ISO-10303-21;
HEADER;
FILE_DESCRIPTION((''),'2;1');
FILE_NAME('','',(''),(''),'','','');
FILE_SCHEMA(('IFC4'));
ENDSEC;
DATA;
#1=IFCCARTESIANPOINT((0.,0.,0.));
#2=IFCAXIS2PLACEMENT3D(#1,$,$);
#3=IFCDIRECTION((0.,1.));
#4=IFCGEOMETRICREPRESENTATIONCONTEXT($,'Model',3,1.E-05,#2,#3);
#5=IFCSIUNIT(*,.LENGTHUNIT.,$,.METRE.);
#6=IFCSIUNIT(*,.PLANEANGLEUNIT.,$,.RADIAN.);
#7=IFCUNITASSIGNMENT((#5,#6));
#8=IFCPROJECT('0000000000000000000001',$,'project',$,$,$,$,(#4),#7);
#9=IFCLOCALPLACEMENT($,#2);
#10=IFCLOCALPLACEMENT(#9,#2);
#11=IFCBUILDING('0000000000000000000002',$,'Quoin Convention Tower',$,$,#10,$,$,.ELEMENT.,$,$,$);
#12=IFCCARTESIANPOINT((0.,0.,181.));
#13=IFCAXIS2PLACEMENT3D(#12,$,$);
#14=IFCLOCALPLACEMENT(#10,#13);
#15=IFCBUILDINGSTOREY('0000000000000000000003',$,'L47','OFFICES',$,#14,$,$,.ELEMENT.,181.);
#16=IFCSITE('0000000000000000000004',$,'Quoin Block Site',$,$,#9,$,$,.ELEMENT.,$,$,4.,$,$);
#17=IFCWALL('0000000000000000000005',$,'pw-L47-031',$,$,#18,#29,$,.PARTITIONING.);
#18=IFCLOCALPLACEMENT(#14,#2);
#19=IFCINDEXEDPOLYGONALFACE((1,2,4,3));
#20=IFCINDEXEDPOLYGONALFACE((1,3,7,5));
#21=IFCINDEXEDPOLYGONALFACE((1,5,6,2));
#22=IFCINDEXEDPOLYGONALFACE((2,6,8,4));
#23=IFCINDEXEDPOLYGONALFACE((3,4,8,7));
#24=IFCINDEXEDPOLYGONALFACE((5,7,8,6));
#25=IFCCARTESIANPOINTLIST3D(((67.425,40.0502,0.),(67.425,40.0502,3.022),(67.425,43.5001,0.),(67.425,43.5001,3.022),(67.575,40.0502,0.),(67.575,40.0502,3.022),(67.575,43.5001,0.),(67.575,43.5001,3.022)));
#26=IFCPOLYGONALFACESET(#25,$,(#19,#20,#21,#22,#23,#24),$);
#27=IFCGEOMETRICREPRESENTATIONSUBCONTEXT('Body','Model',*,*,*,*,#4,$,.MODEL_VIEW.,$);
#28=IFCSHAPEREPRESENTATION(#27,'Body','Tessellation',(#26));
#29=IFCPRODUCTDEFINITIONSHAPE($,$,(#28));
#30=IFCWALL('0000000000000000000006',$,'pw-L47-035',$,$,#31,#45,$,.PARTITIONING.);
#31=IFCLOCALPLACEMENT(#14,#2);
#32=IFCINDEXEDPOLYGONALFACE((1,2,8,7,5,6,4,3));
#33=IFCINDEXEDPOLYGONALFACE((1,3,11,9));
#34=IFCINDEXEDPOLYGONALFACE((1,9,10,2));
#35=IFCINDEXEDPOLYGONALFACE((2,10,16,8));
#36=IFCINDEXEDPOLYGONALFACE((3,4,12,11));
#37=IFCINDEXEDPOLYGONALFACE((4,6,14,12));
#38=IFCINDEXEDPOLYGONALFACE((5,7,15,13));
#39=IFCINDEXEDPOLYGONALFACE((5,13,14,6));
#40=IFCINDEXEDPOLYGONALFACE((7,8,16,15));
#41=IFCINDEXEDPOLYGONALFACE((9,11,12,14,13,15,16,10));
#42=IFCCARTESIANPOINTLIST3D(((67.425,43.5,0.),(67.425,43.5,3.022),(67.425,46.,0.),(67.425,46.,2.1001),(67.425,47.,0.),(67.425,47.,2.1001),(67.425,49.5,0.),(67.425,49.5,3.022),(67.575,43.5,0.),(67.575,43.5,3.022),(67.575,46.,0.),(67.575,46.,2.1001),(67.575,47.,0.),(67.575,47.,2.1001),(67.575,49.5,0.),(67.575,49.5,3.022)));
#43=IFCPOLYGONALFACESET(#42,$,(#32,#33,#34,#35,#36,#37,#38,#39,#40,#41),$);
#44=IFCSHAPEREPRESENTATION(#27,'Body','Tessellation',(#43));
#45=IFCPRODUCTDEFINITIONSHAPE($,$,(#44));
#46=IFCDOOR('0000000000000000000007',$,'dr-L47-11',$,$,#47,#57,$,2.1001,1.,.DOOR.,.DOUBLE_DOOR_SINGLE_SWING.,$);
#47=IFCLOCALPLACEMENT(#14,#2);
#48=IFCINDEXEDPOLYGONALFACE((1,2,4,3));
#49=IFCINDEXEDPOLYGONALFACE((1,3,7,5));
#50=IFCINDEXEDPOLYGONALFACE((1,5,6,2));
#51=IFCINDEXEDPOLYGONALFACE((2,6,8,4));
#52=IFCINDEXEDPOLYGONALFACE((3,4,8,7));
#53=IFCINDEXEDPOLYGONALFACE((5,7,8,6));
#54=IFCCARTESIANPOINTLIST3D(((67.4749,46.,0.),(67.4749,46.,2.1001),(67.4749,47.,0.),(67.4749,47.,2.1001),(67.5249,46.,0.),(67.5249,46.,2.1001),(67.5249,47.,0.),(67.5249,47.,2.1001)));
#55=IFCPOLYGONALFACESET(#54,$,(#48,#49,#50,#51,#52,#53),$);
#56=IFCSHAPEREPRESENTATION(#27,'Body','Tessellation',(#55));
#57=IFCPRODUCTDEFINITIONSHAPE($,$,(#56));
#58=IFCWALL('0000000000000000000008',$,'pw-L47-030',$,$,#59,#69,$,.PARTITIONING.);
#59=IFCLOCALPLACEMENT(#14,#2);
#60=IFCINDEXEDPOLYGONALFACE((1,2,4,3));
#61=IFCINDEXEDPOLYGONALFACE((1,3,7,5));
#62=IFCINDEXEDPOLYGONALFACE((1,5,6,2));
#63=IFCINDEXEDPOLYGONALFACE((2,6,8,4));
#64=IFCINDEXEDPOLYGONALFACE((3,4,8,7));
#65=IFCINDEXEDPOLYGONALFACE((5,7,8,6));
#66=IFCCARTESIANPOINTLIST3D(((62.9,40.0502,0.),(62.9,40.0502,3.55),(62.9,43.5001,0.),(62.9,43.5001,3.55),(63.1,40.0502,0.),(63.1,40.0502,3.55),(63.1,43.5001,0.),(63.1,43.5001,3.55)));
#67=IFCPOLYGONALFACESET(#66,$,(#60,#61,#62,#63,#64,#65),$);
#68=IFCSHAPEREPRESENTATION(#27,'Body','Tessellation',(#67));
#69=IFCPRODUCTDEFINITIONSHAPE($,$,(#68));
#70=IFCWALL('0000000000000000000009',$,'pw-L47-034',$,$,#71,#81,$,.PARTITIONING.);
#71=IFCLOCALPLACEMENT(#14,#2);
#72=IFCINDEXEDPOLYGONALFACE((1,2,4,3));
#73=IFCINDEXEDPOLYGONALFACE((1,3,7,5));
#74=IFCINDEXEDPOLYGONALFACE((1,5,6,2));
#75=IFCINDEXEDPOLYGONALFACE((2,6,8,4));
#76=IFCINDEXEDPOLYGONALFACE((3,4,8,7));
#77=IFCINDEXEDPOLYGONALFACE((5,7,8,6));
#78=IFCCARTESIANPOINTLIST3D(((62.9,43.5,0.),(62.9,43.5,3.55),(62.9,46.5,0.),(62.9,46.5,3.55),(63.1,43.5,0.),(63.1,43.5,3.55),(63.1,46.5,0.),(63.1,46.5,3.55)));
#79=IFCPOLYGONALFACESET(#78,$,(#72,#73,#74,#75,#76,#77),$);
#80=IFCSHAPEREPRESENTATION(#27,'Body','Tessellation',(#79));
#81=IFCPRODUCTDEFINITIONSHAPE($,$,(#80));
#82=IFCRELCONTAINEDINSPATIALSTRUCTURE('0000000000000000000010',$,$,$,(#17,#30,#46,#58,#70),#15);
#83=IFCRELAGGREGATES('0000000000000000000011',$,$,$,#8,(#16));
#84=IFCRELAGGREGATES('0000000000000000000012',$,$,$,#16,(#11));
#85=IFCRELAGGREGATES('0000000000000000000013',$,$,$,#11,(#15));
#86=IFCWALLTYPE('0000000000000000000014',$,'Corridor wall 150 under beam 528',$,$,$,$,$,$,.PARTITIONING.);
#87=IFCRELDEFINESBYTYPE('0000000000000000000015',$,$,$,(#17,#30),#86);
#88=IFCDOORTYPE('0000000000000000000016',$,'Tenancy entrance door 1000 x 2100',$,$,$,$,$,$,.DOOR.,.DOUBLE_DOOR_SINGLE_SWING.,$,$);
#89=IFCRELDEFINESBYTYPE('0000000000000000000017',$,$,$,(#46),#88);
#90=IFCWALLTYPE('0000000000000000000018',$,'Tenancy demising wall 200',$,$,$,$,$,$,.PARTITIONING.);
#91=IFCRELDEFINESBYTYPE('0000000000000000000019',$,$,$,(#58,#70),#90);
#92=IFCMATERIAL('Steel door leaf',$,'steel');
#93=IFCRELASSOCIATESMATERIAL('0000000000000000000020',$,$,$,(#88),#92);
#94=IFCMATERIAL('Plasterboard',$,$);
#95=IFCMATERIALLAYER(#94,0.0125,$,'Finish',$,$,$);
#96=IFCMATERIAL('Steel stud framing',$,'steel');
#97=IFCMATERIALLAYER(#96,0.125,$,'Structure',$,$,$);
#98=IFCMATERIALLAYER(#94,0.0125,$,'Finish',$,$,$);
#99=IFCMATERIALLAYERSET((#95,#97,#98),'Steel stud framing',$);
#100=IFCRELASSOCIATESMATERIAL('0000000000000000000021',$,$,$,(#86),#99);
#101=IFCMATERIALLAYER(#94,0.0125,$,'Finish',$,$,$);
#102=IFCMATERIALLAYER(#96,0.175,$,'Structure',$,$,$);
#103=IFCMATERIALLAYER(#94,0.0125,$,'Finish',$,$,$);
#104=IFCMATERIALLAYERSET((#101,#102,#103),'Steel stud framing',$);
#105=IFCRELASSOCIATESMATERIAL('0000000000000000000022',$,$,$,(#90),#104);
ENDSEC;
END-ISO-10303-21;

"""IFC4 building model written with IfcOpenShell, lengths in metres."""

from ifc_helpers import new_model, si_unit, direction, frame, frame_2d, origin, place, context, subcontext, project, spatial, rectangle, extrude, material, layer, layer_set, type_object, element, fill, save


model = new_model("IFC4")

# Units and contexts
model_context = context("Model", 3, precision=1e-05, world=origin(), true_north=direction((0.0, 1.0)))
body_context = subcontext(model_context, "Body", "Model", "MODEL_VIEW")
ifc_project = project(units=[si_unit("LENGTHUNIT", "METRE"), si_unit("PLANEANGLEUNIT", "RADIAN")], contexts=[model_context])

# Site, building, storey
site_placement = place(None, origin())
site = spatial("IfcSite", under=ifc_project, at=site_placement, Name="Quoin Block Site", CompositionType="ELEMENT", RefElevation=4.0)
building_placement = place(site_placement, origin())
building = spatial("IfcBuilding", under=site, at=building_placement, Name="Quoin Convention Tower", CompositionType="ELEMENT")
storey_placement = place(building_placement, frame((0.0, 0.0, 181.0)))
storey = spatial("IfcBuildingStorey", under=building, at=storey_placement, Name="L47", Description="OFFICES", CompositionType="ELEMENT", Elevation=181.0)

# Shared definitions
ifc_material_1 = material(Name="Plasterboard")
ifc_material_2 = material(Name="Steel stud framing", Category="steel")
ifc_material_3 = material(Name="Steel door leaf", Category="steel")

# Shared definitions
door_type_1 = type_object("IfcDoorType", Name="Tenancy entrance door 1000 x 2100", OperationType="DOUBLE_DOOR_SINGLE_SWING", PredefinedType="DOOR", material=ifc_material_3)

# Wall
ifc_layer_1 = layer(ifc_material_1, 0.0125, Name="Finish")
ifc_layer_2 = layer(ifc_material_2, 0.125, Name="Structure")
ifc_layer_3 = layer(ifc_material_1, 0.0125, Name="Finish")
ifc_layer_set_1 = layer_set([ifc_layer_1, ifc_layer_2, ifc_layer_3], Name="Steel stud framing")
wall_type_1 = type_object("IfcWallType", Name="Corridor wall 150 under beam 528", PredefinedType="PARTITIONING", material=ifc_layer_set_1)
wall_1_placement = place(storey_placement, frame((67.5, 40.05, 0.0), z_axis=(0.0, 0.0, 1.0), x_axis=(0.0, 1.0, 0.0)))
element("IfcWall", 1, at=wall_1_placement, inside=storey, type_object=wall_type_1, Name="pw-L47-031", PredefinedType="PARTITIONING", context=body_context, shape_type="SweptSolid", body=[
    extrude(rectangle(XDim=3.45, YDim=0.1499, at=frame_2d((1.7251, 0.0))), origin(), (0.0, 0.0, 1.0), 3.022),
])

# Wall, opening, door
wall_2_placement = place(storey_placement, frame((67.5, 43.5, 0.0), z_axis=(0.0, 0.0, 1.0), x_axis=(0.0, 1.0, 0.0)))
wall_2 = element("IfcWall", 2, at=wall_2_placement, inside=storey, type_object=wall_type_1, Name="pw-L47-035", PredefinedType="PARTITIONING", context=body_context, shape_type="SweptSolid", body=[
    extrude(rectangle(XDim=6.0, YDim=0.1499, at=frame_2d((3.0, 0.0))), origin(), (0.0, 0.0, 1.0), 3.022),
])
opening_1_placement = place(wall_2_placement, frame((2.5, 0.0, 0.0)))
opening_1 = element("IfcOpeningElement", 3, at=opening_1_placement, cuts=wall_2, PredefinedType="OPENING", context=body_context, shape_type="SweptSolid", body=[
    extrude(rectangle(XDim=1.0, YDim=2.1001, at=frame_2d((0.5, 1.05))), frame((0.0, 0.085, 0.0), z_axis=(0.0, -1.0, 0.0), x_axis=(1.0, 0.0, 0.0)), (0.0, 0.0, 1.0), 0.1699),
])
door_1_placement = place(opening_1_placement, frame((1.0, 0.0, 0.0), z_axis=(0.0, 0.0, 1.0), x_axis=(-1.0, 0.0, 0.0)))
door_1 = element("IfcDoor", 4, at=door_1_placement, inside=storey, type_object=door_type_1, Name="dr-L47-11", OperationType="DOUBLE_DOOR_SINGLE_SWING", OverallHeight=2.1001, OverallWidth=1.0, PredefinedType="DOOR", context=body_context, shape_type="SweptSolid", body=[
    extrude(rectangle(XDim=1.0, YDim=2.1001, at=frame_2d((0.5, 1.05))), frame((0.0, 0.0249, 0.0), z_axis=(0.0, -1.0, 0.0), x_axis=(1.0, 0.0, 0.0)), (0.0, 0.0, 1.0), 0.05),
])
fill(opening_1, door_1)

# Walls
ifc_layer_4 = layer(ifc_material_1, 0.0125, Name="Finish")
ifc_layer_5 = layer(ifc_material_2, 0.175, Name="Structure")
ifc_layer_6 = layer(ifc_material_1, 0.0125, Name="Finish")
ifc_layer_set_2 = layer_set([ifc_layer_4, ifc_layer_5, ifc_layer_6], Name="Steel stud framing")
wall_type_2 = type_object("IfcWallType", Name="Tenancy demising wall 200", PredefinedType="PARTITIONING", material=ifc_layer_set_2)
wall_3_placement = place(storey_placement, frame((63.0, 40.05, 0.0), z_axis=(0.0, 0.0, 1.0), x_axis=(0.0, 1.0, 0.0)))
element("IfcWall", 5, at=wall_3_placement, inside=storey, type_object=wall_type_2, Name="pw-L47-030", PredefinedType="PARTITIONING", context=body_context, shape_type="SweptSolid", body=[
    extrude(rectangle(XDim=3.45, YDim=0.2, at=frame_2d((1.7251, 0.0))), origin(), (0.0, 0.0, 1.0), 3.55),
])
wall_4_placement = place(storey_placement, frame((63.0, 43.5, 0.0), z_axis=(0.0, 0.0, 1.0), x_axis=(0.0, 1.0, 0.0)))
element("IfcWall", 6, at=wall_4_placement, inside=storey, type_object=wall_type_2, Name="pw-L47-034", PredefinedType="PARTITIONING", context=body_context, shape_type="SweptSolid", body=[
    extrude(rectangle(XDim=3.0, YDim=0.2, at=frame_2d((1.5, 0.0))), origin(), (0.0, 0.0, 1.0), 3.55),
])

save(model, "model.ifc")
